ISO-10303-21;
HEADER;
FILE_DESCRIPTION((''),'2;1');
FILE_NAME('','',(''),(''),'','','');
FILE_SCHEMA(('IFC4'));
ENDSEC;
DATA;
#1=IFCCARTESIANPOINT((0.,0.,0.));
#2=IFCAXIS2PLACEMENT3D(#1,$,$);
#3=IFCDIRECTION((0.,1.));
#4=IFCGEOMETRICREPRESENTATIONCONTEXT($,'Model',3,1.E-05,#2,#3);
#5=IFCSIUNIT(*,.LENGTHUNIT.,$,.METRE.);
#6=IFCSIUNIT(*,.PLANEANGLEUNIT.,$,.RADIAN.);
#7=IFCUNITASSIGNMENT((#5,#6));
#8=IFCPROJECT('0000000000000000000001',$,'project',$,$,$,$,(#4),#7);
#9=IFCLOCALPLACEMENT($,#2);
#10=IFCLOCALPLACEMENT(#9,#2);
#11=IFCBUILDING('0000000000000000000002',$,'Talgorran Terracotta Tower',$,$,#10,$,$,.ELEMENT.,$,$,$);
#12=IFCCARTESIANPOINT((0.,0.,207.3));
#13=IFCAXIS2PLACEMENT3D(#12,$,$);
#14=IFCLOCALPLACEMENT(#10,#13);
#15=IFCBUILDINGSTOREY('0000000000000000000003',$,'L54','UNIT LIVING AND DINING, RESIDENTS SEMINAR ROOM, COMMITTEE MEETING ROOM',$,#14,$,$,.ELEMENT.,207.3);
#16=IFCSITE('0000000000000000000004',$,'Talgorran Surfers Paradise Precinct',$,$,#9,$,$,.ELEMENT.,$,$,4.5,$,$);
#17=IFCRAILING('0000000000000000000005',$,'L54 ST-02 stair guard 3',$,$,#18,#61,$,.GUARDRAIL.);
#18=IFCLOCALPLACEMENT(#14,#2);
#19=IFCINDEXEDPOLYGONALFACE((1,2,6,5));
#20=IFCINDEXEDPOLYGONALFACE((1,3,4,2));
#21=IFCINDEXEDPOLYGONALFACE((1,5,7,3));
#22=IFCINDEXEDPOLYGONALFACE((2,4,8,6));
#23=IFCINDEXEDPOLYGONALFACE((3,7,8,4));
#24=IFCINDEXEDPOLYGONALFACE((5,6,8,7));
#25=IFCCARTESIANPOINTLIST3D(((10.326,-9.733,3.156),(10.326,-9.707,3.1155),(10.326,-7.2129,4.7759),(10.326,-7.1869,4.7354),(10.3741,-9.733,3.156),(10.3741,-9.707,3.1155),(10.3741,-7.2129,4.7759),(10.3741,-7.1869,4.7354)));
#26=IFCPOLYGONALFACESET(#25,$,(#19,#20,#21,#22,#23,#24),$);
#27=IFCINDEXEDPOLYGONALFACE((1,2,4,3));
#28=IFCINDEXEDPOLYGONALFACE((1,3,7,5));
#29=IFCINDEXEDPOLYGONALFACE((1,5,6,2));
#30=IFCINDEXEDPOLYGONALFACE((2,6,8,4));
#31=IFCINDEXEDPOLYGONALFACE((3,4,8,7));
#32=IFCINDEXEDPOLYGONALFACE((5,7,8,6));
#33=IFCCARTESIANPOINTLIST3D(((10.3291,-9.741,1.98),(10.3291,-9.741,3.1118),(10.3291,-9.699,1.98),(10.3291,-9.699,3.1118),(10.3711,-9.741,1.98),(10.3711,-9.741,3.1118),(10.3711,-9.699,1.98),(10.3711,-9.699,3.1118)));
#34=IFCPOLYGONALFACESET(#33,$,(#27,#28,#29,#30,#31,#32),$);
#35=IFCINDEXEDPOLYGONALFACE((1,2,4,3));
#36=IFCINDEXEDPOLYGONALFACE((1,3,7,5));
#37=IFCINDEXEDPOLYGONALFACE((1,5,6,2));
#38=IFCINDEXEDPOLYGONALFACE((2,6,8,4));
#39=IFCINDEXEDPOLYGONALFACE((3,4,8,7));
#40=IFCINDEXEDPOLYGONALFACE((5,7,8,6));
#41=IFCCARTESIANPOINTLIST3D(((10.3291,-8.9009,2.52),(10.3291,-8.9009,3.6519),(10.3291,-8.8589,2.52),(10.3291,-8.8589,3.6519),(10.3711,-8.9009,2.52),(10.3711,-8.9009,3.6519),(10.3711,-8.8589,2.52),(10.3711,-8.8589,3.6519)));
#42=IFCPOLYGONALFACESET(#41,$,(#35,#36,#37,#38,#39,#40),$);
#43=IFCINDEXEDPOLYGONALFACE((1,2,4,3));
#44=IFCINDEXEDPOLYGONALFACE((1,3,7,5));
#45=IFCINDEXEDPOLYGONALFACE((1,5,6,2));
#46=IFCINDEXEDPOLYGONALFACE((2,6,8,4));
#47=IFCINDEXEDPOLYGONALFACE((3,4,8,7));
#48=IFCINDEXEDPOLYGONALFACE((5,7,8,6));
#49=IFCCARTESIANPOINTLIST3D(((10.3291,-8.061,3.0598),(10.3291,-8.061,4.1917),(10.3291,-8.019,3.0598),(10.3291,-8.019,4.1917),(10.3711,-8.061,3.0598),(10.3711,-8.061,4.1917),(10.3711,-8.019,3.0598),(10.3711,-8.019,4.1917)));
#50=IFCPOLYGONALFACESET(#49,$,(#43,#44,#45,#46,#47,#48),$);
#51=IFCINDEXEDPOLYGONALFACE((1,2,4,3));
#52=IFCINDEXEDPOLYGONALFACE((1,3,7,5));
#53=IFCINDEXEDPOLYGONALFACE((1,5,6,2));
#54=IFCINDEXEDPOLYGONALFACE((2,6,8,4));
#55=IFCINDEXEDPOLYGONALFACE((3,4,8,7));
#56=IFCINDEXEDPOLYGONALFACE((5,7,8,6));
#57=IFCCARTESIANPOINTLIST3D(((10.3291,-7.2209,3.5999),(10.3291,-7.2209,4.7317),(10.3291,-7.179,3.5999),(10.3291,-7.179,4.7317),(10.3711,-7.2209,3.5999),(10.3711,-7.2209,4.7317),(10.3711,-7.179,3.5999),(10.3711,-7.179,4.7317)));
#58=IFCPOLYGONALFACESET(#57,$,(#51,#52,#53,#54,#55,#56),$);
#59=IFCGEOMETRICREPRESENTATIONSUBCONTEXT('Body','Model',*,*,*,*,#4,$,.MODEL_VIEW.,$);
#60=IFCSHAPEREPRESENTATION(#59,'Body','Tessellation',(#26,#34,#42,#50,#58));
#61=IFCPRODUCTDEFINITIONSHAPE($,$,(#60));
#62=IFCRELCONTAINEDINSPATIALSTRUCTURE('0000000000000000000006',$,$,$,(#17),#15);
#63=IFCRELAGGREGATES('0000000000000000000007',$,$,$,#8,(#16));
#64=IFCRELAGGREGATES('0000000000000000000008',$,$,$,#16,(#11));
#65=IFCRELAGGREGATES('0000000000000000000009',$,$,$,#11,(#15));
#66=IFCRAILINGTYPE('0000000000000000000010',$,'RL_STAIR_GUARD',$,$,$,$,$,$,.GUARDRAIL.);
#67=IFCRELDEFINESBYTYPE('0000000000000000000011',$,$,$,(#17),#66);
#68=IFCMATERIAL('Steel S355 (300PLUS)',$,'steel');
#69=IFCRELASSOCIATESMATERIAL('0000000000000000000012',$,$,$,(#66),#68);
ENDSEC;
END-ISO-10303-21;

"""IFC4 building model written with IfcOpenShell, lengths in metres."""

from ifc_helpers import new_model, si_unit, direction, frame, origin, origin_2d, place, context, subcontext, project, spatial, rectangle, extrude, material, type_object, element, save


model = new_model("IFC4")

# Units and contexts
model_context = context("Model", 3, precision=1e-05, world=origin(), true_north=direction((0.0, 1.0)))
body_context = subcontext(model_context, "Body", "Model", "MODEL_VIEW")
ifc_project = project(units=[si_unit("LENGTHUNIT", "METRE"), si_unit("PLANEANGLEUNIT", "RADIAN")], contexts=[model_context])

# Site, building, storey
site_placement = place(None, origin())
site = spatial("IfcSite", under=ifc_project, at=site_placement, Name="Talgorran Surfers Paradise Precinct", CompositionType="ELEMENT", RefElevation=4.5)
building_placement = place(site_placement, origin())
building = spatial("IfcBuilding", under=site, at=building_placement, Name="Talgorran Terracotta Tower", CompositionType="ELEMENT")
storey_placement = place(building_placement, frame((0.0, 0.0, 207.3)))
storey = spatial("IfcBuildingStorey", under=building, at=storey_placement, Name="L54", Description="UNIT LIVING AND DINING, RESIDENTS SEMINAR ROOM, COMMITTEE MEETING ROOM", CompositionType="ELEMENT", Elevation=207.3)

# Shared definitions
ifc_material_1 = material(Name="Steel S355 (300PLUS)", Category="steel")

# Railing
railing_type_1 = type_object("IfcRailingType", Name="RL_STAIR_GUARD", PredefinedType="GUARDRAIL", material=ifc_material_1)
railing_1_placement = place(storey_placement, frame((10.3501, -9.72, 1.98)))
element("IfcRailing", 1, at=railing_1_placement, inside=storey, type_object=railing_type_1, Name="L54 ST-02 stair guard 3", PredefinedType="GUARDRAIL", context=body_context, shape_type="SweptSolid", body=[
    extrude(rectangle(XDim=0.0481, YDim=0.0481, at=origin_2d()), frame((0.0, 0.0, 1.1558), z_axis=(0.0, 0.8412, 0.540725), x_axis=(-1.0, 0.0, 0.0)), (0.0, 0.0, 1.0), 2.9958),
    extrude(rectangle(XDim=0.042, YDim=0.042, at=origin_2d()), origin(), (0.0, 0.0, 1.0), 1.1318),
    extrude(rectangle(XDim=0.042, YDim=0.042, at=origin_2d()), frame((0.0, 0.8401, 0.54)), (0.0, 0.0, 1.0), 1.1318),
    extrude(rectangle(XDim=0.042, YDim=0.042, at=origin_2d()), frame((0.0, 1.6799, 1.0798)), (0.0, 0.0, 1.0), 1.1318),
    extrude(rectangle(XDim=0.042, YDim=0.042, at=origin_2d()), frame((0.0, 2.52, 1.6199)), (0.0, 0.0, 1.0), 1.1318),
])

save(model, "model.ifc")
